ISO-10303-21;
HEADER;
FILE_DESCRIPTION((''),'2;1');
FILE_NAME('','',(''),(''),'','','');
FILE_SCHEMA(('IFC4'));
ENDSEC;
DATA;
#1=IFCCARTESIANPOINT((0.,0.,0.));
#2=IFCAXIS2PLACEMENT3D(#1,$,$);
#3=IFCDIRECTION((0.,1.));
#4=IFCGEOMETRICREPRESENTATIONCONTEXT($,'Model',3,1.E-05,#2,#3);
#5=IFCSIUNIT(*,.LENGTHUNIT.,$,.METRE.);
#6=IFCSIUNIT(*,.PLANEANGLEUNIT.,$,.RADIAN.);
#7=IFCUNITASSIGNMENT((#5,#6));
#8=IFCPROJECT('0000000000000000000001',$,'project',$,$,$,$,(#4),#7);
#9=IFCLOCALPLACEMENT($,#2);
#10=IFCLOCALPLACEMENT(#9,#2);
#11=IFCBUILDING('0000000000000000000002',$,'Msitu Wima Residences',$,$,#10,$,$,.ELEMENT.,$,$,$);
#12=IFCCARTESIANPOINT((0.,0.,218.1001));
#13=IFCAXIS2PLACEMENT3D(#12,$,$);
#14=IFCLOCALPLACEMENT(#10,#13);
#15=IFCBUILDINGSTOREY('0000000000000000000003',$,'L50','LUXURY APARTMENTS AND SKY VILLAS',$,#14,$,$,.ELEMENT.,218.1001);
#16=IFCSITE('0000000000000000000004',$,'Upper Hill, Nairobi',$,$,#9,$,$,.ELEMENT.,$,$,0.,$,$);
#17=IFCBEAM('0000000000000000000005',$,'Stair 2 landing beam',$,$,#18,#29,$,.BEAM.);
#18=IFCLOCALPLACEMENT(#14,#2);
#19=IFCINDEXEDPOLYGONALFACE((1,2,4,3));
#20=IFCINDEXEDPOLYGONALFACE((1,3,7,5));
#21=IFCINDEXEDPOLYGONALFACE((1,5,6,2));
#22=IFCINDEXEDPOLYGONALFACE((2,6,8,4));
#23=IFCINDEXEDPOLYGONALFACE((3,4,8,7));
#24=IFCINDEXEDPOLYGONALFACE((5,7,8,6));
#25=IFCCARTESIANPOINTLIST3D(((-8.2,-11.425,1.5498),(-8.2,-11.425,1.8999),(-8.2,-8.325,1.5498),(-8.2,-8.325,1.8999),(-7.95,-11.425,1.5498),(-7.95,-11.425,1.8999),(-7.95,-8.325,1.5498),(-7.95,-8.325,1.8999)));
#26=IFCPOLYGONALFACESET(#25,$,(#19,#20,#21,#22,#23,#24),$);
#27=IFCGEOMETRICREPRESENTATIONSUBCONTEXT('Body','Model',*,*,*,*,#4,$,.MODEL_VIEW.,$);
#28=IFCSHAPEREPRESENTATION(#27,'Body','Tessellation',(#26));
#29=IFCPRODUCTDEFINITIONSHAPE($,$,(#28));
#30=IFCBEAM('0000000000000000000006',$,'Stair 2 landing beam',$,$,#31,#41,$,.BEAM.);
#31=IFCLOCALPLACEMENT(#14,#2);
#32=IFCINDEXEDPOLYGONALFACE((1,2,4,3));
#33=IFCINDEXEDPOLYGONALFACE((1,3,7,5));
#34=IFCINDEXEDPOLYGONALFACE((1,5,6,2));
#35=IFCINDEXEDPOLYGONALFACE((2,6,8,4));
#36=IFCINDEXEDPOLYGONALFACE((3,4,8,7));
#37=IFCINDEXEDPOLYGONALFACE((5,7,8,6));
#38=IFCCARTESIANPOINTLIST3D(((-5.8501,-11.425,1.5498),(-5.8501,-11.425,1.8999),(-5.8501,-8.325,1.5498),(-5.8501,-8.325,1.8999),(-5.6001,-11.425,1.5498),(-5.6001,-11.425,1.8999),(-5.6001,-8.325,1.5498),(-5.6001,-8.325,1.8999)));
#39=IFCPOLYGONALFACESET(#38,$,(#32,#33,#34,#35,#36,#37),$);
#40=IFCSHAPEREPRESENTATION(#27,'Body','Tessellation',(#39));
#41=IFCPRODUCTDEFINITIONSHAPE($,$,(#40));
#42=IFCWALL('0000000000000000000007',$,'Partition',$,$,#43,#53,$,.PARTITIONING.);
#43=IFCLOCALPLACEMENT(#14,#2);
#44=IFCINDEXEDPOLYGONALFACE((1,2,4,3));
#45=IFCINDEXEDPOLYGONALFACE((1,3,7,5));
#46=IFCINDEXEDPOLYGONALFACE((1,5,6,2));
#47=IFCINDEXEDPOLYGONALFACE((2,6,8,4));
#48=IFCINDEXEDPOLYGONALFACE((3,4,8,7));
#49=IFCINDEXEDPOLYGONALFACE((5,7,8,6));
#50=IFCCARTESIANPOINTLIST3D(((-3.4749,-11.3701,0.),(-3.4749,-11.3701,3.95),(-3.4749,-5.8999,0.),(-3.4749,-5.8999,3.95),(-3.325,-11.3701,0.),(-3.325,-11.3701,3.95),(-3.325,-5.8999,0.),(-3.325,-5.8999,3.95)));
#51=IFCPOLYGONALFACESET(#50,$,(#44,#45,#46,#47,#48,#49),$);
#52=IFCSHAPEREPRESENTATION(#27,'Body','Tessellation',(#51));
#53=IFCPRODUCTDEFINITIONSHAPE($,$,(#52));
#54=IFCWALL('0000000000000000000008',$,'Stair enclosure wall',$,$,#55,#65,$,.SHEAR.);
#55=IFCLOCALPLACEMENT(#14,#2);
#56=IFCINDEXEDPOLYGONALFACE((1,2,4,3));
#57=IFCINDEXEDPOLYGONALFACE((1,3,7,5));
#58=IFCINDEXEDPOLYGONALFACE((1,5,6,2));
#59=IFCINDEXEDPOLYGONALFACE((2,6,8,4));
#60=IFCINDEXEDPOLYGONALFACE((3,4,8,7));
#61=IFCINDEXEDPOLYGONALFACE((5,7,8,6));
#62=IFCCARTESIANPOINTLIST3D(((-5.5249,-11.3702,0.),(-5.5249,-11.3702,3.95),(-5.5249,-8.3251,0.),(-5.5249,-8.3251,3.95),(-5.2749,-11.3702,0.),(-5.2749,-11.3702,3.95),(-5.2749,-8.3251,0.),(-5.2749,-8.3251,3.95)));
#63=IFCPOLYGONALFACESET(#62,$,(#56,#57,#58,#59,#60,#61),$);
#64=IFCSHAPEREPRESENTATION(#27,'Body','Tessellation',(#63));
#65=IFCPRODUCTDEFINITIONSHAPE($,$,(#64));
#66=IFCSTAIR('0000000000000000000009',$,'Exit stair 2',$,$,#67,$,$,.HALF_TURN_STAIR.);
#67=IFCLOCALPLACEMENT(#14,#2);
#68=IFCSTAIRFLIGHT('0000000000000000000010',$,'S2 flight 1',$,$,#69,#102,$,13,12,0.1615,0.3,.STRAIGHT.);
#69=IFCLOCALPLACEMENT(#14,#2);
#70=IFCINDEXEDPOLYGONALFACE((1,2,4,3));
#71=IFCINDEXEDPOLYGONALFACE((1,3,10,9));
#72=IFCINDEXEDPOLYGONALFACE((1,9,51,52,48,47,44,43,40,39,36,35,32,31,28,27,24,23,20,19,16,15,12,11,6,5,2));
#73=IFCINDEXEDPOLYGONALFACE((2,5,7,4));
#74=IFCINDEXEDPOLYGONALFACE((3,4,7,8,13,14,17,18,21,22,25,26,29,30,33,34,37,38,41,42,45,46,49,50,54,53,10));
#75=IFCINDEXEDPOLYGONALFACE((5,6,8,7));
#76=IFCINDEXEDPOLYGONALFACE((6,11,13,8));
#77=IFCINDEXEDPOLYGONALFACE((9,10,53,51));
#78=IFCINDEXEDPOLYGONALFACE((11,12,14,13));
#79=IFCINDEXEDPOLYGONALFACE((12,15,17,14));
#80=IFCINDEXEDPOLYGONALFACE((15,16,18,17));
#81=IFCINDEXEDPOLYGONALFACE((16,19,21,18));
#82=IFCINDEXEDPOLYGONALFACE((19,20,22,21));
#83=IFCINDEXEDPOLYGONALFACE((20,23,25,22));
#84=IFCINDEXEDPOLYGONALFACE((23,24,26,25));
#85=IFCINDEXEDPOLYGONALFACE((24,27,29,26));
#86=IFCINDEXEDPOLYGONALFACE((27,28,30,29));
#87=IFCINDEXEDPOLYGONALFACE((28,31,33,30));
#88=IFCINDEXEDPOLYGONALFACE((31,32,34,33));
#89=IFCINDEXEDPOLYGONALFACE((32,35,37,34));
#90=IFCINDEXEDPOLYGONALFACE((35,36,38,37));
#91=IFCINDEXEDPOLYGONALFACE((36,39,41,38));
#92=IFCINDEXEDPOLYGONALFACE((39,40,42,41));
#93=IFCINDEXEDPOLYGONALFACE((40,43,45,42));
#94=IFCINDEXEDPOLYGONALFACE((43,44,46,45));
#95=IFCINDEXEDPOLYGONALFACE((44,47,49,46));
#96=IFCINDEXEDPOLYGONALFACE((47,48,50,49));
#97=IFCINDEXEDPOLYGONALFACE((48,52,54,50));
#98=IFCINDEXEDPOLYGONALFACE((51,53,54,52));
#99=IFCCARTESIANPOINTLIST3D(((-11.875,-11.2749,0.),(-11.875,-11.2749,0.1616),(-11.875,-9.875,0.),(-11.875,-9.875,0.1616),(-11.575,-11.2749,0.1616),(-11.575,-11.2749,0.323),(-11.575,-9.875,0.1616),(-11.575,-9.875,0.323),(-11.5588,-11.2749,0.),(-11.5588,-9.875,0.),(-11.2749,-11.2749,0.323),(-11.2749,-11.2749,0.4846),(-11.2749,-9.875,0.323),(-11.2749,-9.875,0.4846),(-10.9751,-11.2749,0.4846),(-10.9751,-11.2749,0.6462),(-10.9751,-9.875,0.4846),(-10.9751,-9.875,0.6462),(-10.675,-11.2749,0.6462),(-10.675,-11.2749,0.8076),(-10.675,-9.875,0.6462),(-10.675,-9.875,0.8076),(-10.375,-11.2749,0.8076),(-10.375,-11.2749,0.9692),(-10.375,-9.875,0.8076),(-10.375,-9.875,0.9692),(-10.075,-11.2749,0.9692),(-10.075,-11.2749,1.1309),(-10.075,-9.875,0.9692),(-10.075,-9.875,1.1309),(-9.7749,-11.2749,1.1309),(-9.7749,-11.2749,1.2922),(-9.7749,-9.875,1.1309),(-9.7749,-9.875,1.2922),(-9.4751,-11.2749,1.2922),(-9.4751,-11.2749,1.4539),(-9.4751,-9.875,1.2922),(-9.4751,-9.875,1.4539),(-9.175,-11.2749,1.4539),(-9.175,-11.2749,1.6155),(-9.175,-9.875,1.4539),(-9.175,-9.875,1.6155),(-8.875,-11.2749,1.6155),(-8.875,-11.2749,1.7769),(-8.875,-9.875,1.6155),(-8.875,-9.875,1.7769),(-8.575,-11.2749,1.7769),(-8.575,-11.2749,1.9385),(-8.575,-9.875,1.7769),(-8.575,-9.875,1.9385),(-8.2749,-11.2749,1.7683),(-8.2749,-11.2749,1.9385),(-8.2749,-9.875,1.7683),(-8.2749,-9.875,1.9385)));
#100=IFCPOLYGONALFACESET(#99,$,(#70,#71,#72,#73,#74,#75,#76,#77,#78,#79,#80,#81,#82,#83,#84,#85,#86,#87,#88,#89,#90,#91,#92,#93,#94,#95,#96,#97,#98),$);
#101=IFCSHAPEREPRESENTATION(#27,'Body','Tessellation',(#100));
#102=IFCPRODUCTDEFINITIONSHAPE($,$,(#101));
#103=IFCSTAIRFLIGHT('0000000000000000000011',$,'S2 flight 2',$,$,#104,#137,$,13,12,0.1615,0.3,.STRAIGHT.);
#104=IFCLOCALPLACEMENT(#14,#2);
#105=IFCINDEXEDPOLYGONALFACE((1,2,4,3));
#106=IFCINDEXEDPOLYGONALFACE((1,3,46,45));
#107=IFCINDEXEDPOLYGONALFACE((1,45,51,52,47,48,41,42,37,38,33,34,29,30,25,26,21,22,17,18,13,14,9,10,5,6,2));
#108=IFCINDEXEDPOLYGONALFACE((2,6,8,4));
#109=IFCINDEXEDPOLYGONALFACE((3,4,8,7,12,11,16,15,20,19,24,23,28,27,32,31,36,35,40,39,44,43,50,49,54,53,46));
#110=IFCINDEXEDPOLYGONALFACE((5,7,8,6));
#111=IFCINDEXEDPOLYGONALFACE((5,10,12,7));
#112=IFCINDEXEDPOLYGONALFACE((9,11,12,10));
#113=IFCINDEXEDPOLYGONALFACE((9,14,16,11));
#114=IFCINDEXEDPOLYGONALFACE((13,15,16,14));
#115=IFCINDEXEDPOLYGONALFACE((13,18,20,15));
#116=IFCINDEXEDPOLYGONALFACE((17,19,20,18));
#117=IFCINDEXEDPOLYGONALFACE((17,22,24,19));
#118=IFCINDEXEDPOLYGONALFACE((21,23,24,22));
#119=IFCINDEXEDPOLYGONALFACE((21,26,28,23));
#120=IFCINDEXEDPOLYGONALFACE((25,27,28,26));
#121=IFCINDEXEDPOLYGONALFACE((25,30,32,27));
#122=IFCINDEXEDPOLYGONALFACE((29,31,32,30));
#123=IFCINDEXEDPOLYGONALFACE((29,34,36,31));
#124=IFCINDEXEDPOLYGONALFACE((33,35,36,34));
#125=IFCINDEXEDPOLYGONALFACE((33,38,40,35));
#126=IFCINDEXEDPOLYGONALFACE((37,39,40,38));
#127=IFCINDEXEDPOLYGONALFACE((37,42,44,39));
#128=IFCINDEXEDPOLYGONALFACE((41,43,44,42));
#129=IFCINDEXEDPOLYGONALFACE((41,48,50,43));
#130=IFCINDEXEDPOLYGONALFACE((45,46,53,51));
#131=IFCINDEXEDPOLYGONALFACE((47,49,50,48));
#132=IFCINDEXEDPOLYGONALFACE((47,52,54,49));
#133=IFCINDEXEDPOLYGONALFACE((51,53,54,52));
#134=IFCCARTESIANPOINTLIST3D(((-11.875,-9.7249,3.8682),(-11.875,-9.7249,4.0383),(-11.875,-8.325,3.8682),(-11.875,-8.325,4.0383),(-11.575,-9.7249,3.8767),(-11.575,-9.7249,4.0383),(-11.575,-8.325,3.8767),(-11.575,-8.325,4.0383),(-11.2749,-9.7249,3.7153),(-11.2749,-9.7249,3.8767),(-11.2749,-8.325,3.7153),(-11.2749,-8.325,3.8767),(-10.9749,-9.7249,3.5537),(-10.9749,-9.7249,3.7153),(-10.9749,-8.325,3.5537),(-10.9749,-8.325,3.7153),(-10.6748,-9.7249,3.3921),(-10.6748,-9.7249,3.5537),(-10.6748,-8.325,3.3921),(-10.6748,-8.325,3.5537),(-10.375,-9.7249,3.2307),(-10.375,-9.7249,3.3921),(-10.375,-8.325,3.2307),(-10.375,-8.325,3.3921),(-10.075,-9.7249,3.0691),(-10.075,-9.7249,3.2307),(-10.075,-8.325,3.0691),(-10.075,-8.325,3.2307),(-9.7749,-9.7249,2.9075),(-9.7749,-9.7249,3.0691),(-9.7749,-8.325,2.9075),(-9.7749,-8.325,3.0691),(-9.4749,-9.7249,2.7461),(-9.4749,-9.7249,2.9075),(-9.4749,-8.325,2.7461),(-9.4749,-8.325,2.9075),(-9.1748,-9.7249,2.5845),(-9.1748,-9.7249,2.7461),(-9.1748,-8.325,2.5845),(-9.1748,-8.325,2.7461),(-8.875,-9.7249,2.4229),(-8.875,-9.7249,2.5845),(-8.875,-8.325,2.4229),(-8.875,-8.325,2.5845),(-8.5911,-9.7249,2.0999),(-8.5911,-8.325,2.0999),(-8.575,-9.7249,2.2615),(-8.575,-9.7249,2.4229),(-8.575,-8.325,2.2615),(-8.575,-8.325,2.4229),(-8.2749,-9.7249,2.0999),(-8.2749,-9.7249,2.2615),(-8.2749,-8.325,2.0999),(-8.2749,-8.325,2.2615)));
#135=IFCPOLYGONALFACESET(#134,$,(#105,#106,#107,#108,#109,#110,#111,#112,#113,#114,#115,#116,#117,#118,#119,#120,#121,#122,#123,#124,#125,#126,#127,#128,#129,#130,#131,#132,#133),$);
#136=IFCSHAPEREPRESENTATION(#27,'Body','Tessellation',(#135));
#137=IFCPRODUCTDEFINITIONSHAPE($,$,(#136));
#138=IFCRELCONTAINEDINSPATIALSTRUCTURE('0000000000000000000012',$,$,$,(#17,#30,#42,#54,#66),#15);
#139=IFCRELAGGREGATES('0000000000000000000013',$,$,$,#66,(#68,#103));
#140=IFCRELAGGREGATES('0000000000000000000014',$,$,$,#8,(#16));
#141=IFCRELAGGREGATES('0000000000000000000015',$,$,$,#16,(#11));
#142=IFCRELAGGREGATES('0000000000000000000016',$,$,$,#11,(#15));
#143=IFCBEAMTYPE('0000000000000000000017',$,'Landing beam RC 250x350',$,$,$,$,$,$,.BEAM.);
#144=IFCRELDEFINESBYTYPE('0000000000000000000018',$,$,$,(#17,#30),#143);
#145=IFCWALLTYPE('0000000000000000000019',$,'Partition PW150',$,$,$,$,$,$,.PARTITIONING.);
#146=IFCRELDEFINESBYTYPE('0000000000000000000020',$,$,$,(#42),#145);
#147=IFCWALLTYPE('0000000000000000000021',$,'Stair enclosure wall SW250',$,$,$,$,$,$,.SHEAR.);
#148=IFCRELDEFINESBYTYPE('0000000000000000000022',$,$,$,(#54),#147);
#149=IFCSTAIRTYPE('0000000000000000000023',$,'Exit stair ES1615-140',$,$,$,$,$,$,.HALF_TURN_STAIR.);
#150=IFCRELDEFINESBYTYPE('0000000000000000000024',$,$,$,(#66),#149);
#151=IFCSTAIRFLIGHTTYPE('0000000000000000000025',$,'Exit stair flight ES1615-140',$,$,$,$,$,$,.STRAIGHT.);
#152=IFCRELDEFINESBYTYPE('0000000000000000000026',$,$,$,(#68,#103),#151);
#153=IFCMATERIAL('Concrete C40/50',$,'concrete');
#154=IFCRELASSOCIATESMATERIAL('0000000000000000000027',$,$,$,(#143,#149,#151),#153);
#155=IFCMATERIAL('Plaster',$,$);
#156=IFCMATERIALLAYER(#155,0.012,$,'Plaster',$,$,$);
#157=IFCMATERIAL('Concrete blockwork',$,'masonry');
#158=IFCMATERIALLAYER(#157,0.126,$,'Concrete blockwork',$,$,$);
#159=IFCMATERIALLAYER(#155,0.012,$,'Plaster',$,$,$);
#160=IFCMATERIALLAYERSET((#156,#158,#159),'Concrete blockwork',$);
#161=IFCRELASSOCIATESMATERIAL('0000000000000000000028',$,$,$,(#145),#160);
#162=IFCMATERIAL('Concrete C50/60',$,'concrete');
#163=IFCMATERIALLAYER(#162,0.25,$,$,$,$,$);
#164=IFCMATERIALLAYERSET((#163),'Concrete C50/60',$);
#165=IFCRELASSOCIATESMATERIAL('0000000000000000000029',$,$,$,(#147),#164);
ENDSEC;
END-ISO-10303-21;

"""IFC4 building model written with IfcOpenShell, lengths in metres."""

from ifc_helpers import new_model, si_unit, direction, frame, frame_2d, origin, origin_2d, place, context, subcontext, project, spatial, polyline, rectangle, outline, extrude, material, layer, layer_set, material_profile, profile_set, type_object, element, aggregate, save


model = new_model("IFC4")

# Units and contexts
model_context = context("Model", 3, precision=1e-05, world=origin(), true_north=direction((0.0, 1.0)))
body_context = subcontext(model_context, "Body", "Model", "MODEL_VIEW")
ifc_project = project(units=[si_unit("LENGTHUNIT", "METRE"), si_unit("PLANEANGLEUNIT", "RADIAN")], contexts=[model_context])

# Site, building, storey
site_placement = place(None, origin())
site = spatial("IfcSite", under=ifc_project, at=site_placement, Name="Upper Hill, Nairobi", CompositionType="ELEMENT", RefElevation=0.0)
building_placement = place(site_placement, origin())
building = spatial("IfcBuilding", under=site, at=building_placement, Name="Msitu Wima Residences", CompositionType="ELEMENT")
storey_placement = place(building_placement, frame((0.0, 0.0, 218.1001)))
storey = spatial("IfcBuildingStorey", under=building, at=storey_placement, Name="L50", Description="LUXURY APARTMENTS AND SKY VILLAS", CompositionType="ELEMENT", Elevation=218.1001)

# Beams
ifc_material_1 = material(Name="Concrete C40/50", Category="concrete")
ifc_material_profile = material_profile(ifc_material_1, rectangle(XDim=0.25, YDim=0.3501, at=origin_2d()), Name="RC 250x350")
ifc_profile_set = profile_set([ifc_material_profile], Name="Concrete C40/50")
beam_type = type_object("IfcBeamType", Name="Landing beam RC 250x350", PredefinedType="BEAM", material=ifc_profile_set)
for number, where, z_axis, x_axis, name in (
    (1, (-8.075, -11.425, 1.7249), (0.0, 1.0, 0.0), (-1.0, 0.0, 0.0), "Stair 2 landing beam"),
    (2, (-5.7251, -11.425, 1.7249), (0.0, 1.0, 0.0), (-1.0, 0.0, 0.0), "Stair 2 landing beam"),
):
    element("IfcBeam", number, at=place(storey_placement, frame(where, z_axis=z_axis, x_axis=x_axis)), inside=storey, type_object=beam_type, Name=name, PredefinedType="BEAM", context=body_context, shape_type="SweptSolid", body=[
        extrude(rectangle(XDim=0.25, YDim=0.3501, at=origin_2d()), origin(), (0.0, 0.0, 1.0), 3.1001),
    ])

# Walls
ifc_material_2 = material(Name="Plaster")
ifc_layer_1 = layer(ifc_material_2, 0.012, Name="Plaster")
ifc_material_3 = material(Name="Concrete blockwork", Category="masonry")
ifc_layer_2 = layer(ifc_material_3, 0.126, Name="Concrete blockwork")
ifc_layer_3 = layer(ifc_material_2, 0.012, Name="Plaster")
ifc_layer_set_1 = layer_set([ifc_layer_1, ifc_layer_2, ifc_layer_3], Name="Concrete blockwork")
wall_type_1 = type_object("IfcWallType", Name="Partition PW150", PredefinedType="PARTITIONING", material=ifc_layer_set_1)
wall_1_placement = place(storey_placement, frame((-3.3999, -11.3701, 0.0), z_axis=(0.0, 0.0, 1.0), x_axis=(0.0, 1.0, 0.0)))
element("IfcWall", 3, at=wall_1_placement, inside=storey, type_object=wall_type_1, Name="Partition", PredefinedType="PARTITIONING", context=body_context, shape_type="SweptSolid", body=[
    extrude(rectangle(XDim=5.4702, YDim=0.1499, at=frame_2d((2.7351, 0.0))), origin(), (0.0, 0.0, 1.0), 3.95),
])
ifc_material_4 = material(Name="Concrete C50/60", Category="concrete")
ifc_layer_4 = layer(ifc_material_4, 0.25)
ifc_layer_set_2 = layer_set([ifc_layer_4], Name="Concrete C50/60")
wall_type_2 = type_object("IfcWallType", Name="Stair enclosure wall SW250", PredefinedType="SHEAR", material=ifc_layer_set_2)
wall_2_placement = place(storey_placement, frame((-5.3999, -11.3701, 0.0), z_axis=(0.0, 0.0, 1.0), x_axis=(0.0, 1.0, 0.0)))
element("IfcWall", 4, at=wall_2_placement, inside=storey, type_object=wall_type_2, Name="Stair enclosure wall", PredefinedType="SHEAR", context=body_context, shape_type="SweptSolid", body=[
    extrude(rectangle(XDim=3.0452, YDim=0.25, at=frame_2d((1.5225, 0.0))), origin(), (0.0, 0.0, 1.0), 3.95),
])

# Stair, stair flights
stair_type = type_object("IfcStairType", Name="Exit stair ES1615-140", PredefinedType="HALF_TURN_STAIR", material=ifc_material_1)
stair_placement = place(storey_placement, origin())
stair = element("IfcStair", 5, at=stair_placement, inside=storey, type_object=stair_type, Name="Exit stair 2", PredefinedType="HALF_TURN_STAIR")
stair_flight_type = type_object("IfcStairFlightType", Name="Exit stair flight ES1615-140", PredefinedType="STRAIGHT", material=ifc_material_1)
stair_flight_1_placement = place(storey_placement, frame((-11.875, -10.575, 0.0), z_axis=(0.0, 0.0, 1.0), x_axis=(1.0, 0.0, 0.0)))
stair_flight_1 = element("IfcStairFlight", 6, at=stair_flight_1_placement, type_object=stair_flight_type, Name="S2 flight 1", NumberOfRisers=13, NumberOfTreads=12, PredefinedType="STRAIGHT", RiserHeight=0.1615, TreadLength=0.3, context=body_context, shape_type="SweptSolid", body=[
    extrude(outline(polyline([(0.0, 0.0), (0.0, 0.1616), (0.3, 0.1616), (0.3, 0.323), (0.6001, 0.323), (0.6001, 0.4846), (0.8999, 0.4846), (0.8999, 0.6462), (1.2, 0.6462), (1.2, 0.8076), (1.5, 0.8076), (1.5, 0.9692), (1.8, 0.9692), (1.8, 1.1309), (2.1001, 1.1309), (2.1001, 1.2922), (2.3999, 1.2922), (2.3999, 1.4539), (2.7, 1.4539), (2.7, 1.6155), (3.0, 1.6155), (3.0, 1.7769), (3.3, 1.7769), (3.3, 1.9385), (3.6001, 1.9385), (3.6001, 2.1001), (3.6001, 1.7683), (0.3162, 0.0), (0.0, 0.0)])), frame((0.0, 0.7, 0.0), z_axis=(0.0, -1.0, 0.0), x_axis=(1.0, 0.0, 0.0)), (0.0, 0.0, 1.0), 1.3999),
])
stair_flight_2_placement = place(storey_placement, frame((-8.2749, -9.0249, 2.0999), z_axis=(0.0, 0.0, 1.0), x_axis=(-1.0, 0.0, 0.0)))
stair_flight_2 = element("IfcStairFlight", 7, at=stair_flight_2_placement, type_object=stair_flight_type, Name="S2 flight 2", NumberOfRisers=13, NumberOfTreads=12, PredefinedType="STRAIGHT", RiserHeight=0.1615, TreadLength=0.3, context=body_context, shape_type="SweptSolid", body=[
    extrude(outline(polyline([(0.0, 0.0), (0.0, 0.1616), (0.3, 0.1616), (0.3, 0.323), (0.6001, 0.323), (0.6001, 0.4846), (0.8999, 0.4846), (0.8999, 0.6462), (1.2, 0.6462), (1.2, 0.8076), (1.5, 0.8076), (1.5, 0.9692), (1.8, 0.9692), (1.8, 1.1309), (2.1001, 1.1309), (2.1001, 1.2922), (2.3999, 1.2922), (2.3999, 1.4539), (2.7, 1.4539), (2.7, 1.6155), (3.0, 1.6155), (3.0, 1.7769), (3.3, 1.7769), (3.3, 1.9385), (3.6001, 1.9385), (3.6001, 2.1001), (3.6001, 1.7683), (0.3162, 0.0), (0.0, 0.0)])), frame((0.0, 0.7, 0.0), z_axis=(0.0, -1.0, 0.0), x_axis=(1.0, 0.0, 0.0)), (0.0, 0.0, 1.0), 1.3999),
])
aggregate(stair, [stair_flight_1, stair_flight_2])

save(model, "model.ifc")
